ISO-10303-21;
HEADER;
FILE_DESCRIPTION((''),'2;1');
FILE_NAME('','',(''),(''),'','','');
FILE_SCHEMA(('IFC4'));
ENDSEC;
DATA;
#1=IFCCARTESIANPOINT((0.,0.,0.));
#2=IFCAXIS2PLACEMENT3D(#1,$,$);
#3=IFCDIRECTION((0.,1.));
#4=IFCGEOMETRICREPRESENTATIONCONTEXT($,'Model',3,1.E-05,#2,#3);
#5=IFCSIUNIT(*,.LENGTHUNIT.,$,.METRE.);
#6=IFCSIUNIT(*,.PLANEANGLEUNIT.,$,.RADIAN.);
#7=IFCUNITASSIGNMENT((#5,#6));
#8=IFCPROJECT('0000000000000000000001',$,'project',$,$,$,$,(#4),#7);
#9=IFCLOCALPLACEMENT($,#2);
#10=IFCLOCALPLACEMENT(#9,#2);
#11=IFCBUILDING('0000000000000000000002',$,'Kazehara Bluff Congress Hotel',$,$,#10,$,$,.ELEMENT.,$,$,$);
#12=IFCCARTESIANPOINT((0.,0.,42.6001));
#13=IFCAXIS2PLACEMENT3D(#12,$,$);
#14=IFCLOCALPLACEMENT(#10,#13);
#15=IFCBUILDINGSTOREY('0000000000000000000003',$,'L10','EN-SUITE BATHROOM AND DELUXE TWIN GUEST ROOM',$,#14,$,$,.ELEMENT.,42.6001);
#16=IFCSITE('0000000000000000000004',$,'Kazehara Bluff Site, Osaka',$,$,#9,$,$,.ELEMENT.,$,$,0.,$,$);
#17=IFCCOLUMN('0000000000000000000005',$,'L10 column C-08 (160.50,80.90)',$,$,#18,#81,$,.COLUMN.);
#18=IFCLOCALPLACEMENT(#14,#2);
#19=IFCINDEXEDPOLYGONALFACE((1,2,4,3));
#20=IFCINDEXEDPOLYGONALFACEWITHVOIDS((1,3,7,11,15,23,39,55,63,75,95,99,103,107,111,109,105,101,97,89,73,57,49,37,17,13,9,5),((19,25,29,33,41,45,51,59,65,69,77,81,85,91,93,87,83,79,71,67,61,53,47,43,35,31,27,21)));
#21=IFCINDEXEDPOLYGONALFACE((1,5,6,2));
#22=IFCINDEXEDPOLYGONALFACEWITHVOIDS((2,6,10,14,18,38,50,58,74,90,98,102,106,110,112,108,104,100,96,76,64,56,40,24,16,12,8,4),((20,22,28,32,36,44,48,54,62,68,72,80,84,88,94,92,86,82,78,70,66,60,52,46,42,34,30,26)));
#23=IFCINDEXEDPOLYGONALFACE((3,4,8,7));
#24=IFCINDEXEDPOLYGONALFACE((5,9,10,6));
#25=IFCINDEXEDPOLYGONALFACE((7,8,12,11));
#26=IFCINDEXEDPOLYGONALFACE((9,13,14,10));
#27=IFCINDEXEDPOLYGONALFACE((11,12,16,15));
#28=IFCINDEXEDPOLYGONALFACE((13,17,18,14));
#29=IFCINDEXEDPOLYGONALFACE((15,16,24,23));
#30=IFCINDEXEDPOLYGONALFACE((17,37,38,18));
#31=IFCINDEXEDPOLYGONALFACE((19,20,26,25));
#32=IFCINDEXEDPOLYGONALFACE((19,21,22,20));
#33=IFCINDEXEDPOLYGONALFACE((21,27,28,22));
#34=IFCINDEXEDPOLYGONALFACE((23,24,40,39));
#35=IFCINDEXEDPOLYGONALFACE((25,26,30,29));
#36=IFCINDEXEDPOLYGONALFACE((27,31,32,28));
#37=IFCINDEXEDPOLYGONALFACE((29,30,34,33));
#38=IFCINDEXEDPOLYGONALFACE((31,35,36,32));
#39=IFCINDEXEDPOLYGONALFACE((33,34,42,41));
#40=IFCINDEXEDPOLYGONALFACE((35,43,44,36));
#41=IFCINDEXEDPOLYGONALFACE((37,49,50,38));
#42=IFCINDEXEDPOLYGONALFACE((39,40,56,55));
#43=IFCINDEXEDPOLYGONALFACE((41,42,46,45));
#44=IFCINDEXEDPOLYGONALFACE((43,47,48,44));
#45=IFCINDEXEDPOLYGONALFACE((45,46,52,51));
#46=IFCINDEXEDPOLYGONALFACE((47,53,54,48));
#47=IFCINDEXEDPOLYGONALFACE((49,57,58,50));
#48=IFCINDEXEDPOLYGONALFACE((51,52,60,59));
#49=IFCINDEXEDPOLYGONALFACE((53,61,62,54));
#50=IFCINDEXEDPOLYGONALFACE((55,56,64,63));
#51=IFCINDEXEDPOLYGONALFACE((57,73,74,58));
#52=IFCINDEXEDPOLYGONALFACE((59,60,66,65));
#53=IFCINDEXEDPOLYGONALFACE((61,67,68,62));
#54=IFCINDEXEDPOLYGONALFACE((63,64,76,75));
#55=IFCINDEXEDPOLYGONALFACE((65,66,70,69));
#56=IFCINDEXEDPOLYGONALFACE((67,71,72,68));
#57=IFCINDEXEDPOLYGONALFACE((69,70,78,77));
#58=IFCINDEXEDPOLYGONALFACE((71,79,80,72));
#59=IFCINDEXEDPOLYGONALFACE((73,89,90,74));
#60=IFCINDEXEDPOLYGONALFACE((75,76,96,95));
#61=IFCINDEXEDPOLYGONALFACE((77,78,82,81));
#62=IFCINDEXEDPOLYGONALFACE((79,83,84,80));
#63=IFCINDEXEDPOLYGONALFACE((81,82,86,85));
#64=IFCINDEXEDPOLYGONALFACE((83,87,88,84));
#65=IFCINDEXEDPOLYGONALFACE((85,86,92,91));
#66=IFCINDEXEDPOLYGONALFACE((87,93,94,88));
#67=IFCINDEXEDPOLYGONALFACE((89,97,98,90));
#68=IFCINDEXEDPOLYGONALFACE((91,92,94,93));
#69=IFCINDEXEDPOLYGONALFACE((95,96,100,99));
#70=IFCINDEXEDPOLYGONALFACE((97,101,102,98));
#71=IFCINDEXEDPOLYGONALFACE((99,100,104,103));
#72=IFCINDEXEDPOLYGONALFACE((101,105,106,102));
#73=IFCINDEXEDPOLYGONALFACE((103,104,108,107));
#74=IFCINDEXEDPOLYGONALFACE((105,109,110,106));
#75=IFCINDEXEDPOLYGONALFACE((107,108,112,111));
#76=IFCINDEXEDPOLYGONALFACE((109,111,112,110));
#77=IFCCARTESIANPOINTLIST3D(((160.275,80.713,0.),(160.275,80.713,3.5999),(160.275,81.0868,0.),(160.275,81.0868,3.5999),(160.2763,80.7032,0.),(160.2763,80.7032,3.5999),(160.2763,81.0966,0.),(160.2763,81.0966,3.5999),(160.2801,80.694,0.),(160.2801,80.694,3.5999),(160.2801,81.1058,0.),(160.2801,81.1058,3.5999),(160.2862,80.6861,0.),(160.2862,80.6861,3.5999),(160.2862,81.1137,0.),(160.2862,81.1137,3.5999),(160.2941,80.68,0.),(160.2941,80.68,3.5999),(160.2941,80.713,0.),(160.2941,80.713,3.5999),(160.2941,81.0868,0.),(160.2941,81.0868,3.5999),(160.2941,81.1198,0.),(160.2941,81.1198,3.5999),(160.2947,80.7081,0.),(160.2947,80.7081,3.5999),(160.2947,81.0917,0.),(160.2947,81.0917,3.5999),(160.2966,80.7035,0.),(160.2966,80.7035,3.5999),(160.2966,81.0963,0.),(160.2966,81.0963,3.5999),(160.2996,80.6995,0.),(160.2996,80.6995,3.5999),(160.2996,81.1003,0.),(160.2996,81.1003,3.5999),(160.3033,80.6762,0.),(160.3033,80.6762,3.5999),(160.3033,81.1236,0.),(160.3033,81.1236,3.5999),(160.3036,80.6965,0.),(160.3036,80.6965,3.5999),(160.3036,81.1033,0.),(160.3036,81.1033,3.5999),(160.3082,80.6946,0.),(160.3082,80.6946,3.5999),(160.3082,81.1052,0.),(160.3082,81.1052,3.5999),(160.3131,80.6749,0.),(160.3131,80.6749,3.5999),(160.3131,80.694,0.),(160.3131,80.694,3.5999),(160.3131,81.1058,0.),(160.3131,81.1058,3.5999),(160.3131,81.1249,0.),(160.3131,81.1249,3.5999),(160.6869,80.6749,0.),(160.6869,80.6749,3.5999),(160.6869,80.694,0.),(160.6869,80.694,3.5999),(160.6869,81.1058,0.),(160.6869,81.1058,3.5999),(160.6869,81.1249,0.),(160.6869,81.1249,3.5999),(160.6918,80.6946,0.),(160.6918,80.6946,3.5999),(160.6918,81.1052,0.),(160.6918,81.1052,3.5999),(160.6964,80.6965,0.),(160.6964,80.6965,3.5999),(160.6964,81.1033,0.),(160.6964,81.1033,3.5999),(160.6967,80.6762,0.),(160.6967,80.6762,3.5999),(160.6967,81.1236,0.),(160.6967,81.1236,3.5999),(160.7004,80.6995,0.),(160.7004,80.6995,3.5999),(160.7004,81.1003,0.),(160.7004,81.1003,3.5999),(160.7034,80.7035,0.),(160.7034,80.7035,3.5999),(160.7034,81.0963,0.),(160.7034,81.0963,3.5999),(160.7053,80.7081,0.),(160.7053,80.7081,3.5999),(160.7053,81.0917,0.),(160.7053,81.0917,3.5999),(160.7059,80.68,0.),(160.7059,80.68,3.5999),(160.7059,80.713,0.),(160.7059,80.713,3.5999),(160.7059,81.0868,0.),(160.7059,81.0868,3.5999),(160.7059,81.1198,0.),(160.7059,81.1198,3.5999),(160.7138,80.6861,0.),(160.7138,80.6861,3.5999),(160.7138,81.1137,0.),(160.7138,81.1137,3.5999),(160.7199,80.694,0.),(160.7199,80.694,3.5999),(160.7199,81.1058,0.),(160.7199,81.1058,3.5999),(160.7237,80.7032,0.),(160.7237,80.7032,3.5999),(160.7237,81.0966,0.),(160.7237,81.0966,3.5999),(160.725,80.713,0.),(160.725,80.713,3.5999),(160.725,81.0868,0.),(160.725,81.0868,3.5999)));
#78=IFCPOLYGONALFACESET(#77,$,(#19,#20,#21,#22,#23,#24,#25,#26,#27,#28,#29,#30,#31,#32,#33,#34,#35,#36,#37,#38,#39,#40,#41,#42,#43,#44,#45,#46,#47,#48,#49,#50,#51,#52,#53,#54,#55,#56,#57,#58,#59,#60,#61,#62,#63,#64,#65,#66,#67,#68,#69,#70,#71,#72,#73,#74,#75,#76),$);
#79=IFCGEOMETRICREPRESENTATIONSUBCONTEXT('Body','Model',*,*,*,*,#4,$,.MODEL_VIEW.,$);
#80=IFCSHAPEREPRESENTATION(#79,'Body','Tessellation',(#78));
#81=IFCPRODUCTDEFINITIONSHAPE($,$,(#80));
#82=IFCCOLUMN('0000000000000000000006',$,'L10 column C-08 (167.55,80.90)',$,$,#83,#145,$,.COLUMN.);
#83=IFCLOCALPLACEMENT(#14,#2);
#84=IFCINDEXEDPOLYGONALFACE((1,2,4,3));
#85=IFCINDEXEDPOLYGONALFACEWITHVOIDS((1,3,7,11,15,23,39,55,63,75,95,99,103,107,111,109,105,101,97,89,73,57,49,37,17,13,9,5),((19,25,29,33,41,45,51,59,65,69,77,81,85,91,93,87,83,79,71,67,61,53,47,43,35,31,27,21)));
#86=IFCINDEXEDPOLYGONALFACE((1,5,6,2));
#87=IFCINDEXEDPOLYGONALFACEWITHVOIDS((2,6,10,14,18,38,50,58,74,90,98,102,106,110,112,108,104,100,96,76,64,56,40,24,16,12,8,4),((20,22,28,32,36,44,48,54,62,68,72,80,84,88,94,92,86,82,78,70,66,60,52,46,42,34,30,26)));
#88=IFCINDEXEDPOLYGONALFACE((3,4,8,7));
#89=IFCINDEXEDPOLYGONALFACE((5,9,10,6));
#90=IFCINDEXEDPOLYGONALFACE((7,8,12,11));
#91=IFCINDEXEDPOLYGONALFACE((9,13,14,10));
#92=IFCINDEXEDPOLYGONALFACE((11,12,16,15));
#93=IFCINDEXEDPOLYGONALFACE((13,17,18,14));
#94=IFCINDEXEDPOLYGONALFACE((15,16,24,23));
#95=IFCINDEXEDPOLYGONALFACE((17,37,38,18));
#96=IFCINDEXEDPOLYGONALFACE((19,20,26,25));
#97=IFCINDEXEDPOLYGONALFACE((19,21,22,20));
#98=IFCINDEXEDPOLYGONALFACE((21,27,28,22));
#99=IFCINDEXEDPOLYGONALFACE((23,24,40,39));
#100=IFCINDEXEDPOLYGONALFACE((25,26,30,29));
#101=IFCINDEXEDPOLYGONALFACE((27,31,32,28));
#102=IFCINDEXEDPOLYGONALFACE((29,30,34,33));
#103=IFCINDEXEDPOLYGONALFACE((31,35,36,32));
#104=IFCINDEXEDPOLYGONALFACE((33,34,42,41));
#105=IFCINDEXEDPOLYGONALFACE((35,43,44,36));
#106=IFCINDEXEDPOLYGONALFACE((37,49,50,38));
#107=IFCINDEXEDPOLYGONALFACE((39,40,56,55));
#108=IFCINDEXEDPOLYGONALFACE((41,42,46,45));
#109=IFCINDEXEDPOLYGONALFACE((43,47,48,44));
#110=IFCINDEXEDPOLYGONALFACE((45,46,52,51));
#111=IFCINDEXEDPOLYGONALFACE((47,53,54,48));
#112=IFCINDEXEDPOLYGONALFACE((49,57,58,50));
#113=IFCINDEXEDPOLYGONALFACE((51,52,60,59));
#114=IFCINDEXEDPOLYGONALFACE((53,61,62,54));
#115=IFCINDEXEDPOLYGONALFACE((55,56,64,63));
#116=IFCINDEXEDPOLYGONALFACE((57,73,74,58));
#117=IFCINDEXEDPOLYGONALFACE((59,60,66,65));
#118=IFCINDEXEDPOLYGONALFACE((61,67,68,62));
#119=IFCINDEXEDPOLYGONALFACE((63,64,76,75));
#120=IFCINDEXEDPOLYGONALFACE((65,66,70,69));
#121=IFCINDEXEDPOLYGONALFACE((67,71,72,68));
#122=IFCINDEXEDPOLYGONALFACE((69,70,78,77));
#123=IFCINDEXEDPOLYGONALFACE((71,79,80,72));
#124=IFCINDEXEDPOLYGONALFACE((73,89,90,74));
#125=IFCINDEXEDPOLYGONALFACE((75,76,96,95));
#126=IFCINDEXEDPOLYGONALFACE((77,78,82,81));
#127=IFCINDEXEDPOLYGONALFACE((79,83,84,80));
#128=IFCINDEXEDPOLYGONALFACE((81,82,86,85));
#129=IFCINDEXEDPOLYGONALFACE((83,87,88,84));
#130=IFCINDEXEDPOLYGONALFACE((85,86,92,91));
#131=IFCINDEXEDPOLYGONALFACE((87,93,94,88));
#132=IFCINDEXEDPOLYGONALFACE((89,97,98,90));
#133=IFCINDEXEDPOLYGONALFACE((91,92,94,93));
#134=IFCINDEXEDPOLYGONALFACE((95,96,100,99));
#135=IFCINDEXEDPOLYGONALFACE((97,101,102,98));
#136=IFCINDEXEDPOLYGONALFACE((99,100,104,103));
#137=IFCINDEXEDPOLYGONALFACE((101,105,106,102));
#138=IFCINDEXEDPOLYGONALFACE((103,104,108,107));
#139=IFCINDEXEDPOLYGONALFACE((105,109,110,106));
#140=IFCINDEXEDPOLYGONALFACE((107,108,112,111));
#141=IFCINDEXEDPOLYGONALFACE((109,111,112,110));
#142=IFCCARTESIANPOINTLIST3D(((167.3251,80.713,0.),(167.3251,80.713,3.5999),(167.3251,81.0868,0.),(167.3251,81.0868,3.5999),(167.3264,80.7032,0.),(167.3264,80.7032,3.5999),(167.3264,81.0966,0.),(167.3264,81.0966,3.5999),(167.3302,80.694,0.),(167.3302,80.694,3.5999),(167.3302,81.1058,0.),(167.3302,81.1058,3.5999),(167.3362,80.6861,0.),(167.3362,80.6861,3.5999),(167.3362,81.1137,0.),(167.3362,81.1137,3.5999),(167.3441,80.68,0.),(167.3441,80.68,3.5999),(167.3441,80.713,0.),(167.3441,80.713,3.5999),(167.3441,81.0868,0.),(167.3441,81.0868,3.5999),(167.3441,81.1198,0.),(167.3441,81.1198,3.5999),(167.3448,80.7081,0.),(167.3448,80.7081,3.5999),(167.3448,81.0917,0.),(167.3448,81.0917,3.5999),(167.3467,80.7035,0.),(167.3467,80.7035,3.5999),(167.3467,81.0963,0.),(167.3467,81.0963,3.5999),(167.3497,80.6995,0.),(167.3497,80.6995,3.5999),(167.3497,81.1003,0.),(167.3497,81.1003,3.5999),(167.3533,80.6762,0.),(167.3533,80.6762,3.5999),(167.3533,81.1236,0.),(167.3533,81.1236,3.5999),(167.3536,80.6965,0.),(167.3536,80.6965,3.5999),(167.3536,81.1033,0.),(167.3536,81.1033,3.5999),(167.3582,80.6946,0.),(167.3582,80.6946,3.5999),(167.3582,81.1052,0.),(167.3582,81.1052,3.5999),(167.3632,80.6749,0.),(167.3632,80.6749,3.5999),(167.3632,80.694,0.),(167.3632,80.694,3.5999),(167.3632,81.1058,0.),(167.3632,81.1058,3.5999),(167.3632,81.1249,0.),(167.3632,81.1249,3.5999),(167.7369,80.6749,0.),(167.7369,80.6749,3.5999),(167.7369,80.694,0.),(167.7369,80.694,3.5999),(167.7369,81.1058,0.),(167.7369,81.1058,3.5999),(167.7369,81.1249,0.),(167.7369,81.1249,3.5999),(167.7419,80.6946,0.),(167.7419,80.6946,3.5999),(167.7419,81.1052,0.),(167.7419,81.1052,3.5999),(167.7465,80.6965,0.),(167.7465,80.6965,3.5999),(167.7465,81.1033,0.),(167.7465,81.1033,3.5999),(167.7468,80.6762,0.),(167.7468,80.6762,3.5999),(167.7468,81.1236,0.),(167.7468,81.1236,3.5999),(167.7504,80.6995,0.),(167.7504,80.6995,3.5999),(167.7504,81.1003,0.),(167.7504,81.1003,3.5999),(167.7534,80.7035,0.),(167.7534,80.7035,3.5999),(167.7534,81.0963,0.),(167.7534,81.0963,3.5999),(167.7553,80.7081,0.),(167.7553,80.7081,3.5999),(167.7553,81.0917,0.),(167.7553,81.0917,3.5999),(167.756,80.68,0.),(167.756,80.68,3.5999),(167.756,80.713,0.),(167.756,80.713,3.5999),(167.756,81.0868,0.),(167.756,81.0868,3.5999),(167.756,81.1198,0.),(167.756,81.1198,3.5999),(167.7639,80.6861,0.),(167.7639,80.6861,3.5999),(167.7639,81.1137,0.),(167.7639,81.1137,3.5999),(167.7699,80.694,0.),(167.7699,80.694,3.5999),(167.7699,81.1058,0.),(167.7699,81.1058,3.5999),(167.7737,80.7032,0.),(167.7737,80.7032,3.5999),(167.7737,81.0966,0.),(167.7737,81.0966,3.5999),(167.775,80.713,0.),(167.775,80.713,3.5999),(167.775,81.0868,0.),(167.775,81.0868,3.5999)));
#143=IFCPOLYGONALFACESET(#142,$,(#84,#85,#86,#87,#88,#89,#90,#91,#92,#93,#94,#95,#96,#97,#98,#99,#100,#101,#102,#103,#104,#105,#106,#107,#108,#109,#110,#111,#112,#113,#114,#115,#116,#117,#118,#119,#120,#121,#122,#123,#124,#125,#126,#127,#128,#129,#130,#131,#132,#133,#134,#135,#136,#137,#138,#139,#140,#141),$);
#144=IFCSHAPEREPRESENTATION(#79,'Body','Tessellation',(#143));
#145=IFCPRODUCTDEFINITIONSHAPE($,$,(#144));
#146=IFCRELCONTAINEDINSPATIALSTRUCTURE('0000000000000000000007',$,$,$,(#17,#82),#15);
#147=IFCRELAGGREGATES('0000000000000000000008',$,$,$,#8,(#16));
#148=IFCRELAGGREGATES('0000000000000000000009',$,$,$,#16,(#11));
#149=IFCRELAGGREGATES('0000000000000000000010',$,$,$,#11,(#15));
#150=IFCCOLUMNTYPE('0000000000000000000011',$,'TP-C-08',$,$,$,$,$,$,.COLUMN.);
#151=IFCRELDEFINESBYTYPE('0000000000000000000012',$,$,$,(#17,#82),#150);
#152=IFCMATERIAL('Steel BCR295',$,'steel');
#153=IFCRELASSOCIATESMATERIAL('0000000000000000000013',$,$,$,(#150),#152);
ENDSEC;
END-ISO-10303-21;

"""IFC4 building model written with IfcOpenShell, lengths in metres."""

from ifc_helpers import new_model, si_unit, direction, frame, origin, origin_2d, place, context, subcontext, project, spatial, hollow_rectangle, extrude, material, material_profile, profile_set, type_object, element, save


model = new_model("IFC4")

# Units and contexts
model_context = context("Model", 3, precision=1e-05, world=origin(), true_north=direction((0.0, 1.0)))
body_context = subcontext(model_context, "Body", "Model", "MODEL_VIEW")
ifc_project = project(units=[si_unit("LENGTHUNIT", "METRE"), si_unit("PLANEANGLEUNIT", "RADIAN")], contexts=[model_context])

# Site, building, storey
site_placement = place(None, origin())
site = spatial("IfcSite", under=ifc_project, at=site_placement, Name="Kazehara Bluff Site, Osaka", CompositionType="ELEMENT", RefElevation=0.0)
building_placement = place(site_placement, origin())
building = spatial("IfcBuilding", under=site, at=building_placement, Name="Kazehara Bluff Congress Hotel", CompositionType="ELEMENT")
storey_placement = place(building_placement, frame((0.0, 0.0, 42.6001)))
storey = spatial("IfcBuildingStorey", under=building, at=storey_placement, Name="L10", Description="EN-SUITE BATHROOM AND DELUXE TWIN GUEST ROOM", CompositionType="ELEMENT", Elevation=42.6001)

# Columns
ifc_material_1 = material(Name="Steel BCR295", Category="steel")
ifc_material_profile_1 = material_profile(ifc_material_1, hollow_rectangle(XDim=0.45, YDim=0.45, WallThickness=0.019, InnerFilletRadius=0.019, OuterFilletRadius=0.0381, at=origin_2d()))
ifc_profile_set_1 = profile_set([ifc_material_profile_1], Name="Steel BCR295")
column_type = type_object("IfcColumnType", Name="TP-C-08", PredefinedType="COLUMN", material=ifc_profile_set_1)
for number, where, z_axis, x_axis, name in (
    (1, (160.5, 80.8999, 0.0), (0.0, 0.0, 1.0), (1.0, 0.0, 0.0), "L10 column C-08 (160.50,80.90)"),
    (2, (167.55, 80.8999, 0.0), (0.0, 0.0, 1.0), (1.0, 0.0, 0.0), "L10 column C-08 (167.55,80.90)"),
):
    element("IfcColumn", number, at=place(storey_placement, frame(where, z_axis=z_axis, x_axis=x_axis)), inside=storey, type_object=column_type, Name=name, PredefinedType="COLUMN", context=body_context, shape_type="SweptSolid", body=[
        extrude(hollow_rectangle(XDim=0.45, YDim=0.45, WallThickness=0.019, InnerFilletRadius=0.019, OuterFilletRadius=0.0381, at=origin_2d()), origin(), (0.0, 0.0, 1.0), 3.5999),
    ])

save(model, "model.ifc")
